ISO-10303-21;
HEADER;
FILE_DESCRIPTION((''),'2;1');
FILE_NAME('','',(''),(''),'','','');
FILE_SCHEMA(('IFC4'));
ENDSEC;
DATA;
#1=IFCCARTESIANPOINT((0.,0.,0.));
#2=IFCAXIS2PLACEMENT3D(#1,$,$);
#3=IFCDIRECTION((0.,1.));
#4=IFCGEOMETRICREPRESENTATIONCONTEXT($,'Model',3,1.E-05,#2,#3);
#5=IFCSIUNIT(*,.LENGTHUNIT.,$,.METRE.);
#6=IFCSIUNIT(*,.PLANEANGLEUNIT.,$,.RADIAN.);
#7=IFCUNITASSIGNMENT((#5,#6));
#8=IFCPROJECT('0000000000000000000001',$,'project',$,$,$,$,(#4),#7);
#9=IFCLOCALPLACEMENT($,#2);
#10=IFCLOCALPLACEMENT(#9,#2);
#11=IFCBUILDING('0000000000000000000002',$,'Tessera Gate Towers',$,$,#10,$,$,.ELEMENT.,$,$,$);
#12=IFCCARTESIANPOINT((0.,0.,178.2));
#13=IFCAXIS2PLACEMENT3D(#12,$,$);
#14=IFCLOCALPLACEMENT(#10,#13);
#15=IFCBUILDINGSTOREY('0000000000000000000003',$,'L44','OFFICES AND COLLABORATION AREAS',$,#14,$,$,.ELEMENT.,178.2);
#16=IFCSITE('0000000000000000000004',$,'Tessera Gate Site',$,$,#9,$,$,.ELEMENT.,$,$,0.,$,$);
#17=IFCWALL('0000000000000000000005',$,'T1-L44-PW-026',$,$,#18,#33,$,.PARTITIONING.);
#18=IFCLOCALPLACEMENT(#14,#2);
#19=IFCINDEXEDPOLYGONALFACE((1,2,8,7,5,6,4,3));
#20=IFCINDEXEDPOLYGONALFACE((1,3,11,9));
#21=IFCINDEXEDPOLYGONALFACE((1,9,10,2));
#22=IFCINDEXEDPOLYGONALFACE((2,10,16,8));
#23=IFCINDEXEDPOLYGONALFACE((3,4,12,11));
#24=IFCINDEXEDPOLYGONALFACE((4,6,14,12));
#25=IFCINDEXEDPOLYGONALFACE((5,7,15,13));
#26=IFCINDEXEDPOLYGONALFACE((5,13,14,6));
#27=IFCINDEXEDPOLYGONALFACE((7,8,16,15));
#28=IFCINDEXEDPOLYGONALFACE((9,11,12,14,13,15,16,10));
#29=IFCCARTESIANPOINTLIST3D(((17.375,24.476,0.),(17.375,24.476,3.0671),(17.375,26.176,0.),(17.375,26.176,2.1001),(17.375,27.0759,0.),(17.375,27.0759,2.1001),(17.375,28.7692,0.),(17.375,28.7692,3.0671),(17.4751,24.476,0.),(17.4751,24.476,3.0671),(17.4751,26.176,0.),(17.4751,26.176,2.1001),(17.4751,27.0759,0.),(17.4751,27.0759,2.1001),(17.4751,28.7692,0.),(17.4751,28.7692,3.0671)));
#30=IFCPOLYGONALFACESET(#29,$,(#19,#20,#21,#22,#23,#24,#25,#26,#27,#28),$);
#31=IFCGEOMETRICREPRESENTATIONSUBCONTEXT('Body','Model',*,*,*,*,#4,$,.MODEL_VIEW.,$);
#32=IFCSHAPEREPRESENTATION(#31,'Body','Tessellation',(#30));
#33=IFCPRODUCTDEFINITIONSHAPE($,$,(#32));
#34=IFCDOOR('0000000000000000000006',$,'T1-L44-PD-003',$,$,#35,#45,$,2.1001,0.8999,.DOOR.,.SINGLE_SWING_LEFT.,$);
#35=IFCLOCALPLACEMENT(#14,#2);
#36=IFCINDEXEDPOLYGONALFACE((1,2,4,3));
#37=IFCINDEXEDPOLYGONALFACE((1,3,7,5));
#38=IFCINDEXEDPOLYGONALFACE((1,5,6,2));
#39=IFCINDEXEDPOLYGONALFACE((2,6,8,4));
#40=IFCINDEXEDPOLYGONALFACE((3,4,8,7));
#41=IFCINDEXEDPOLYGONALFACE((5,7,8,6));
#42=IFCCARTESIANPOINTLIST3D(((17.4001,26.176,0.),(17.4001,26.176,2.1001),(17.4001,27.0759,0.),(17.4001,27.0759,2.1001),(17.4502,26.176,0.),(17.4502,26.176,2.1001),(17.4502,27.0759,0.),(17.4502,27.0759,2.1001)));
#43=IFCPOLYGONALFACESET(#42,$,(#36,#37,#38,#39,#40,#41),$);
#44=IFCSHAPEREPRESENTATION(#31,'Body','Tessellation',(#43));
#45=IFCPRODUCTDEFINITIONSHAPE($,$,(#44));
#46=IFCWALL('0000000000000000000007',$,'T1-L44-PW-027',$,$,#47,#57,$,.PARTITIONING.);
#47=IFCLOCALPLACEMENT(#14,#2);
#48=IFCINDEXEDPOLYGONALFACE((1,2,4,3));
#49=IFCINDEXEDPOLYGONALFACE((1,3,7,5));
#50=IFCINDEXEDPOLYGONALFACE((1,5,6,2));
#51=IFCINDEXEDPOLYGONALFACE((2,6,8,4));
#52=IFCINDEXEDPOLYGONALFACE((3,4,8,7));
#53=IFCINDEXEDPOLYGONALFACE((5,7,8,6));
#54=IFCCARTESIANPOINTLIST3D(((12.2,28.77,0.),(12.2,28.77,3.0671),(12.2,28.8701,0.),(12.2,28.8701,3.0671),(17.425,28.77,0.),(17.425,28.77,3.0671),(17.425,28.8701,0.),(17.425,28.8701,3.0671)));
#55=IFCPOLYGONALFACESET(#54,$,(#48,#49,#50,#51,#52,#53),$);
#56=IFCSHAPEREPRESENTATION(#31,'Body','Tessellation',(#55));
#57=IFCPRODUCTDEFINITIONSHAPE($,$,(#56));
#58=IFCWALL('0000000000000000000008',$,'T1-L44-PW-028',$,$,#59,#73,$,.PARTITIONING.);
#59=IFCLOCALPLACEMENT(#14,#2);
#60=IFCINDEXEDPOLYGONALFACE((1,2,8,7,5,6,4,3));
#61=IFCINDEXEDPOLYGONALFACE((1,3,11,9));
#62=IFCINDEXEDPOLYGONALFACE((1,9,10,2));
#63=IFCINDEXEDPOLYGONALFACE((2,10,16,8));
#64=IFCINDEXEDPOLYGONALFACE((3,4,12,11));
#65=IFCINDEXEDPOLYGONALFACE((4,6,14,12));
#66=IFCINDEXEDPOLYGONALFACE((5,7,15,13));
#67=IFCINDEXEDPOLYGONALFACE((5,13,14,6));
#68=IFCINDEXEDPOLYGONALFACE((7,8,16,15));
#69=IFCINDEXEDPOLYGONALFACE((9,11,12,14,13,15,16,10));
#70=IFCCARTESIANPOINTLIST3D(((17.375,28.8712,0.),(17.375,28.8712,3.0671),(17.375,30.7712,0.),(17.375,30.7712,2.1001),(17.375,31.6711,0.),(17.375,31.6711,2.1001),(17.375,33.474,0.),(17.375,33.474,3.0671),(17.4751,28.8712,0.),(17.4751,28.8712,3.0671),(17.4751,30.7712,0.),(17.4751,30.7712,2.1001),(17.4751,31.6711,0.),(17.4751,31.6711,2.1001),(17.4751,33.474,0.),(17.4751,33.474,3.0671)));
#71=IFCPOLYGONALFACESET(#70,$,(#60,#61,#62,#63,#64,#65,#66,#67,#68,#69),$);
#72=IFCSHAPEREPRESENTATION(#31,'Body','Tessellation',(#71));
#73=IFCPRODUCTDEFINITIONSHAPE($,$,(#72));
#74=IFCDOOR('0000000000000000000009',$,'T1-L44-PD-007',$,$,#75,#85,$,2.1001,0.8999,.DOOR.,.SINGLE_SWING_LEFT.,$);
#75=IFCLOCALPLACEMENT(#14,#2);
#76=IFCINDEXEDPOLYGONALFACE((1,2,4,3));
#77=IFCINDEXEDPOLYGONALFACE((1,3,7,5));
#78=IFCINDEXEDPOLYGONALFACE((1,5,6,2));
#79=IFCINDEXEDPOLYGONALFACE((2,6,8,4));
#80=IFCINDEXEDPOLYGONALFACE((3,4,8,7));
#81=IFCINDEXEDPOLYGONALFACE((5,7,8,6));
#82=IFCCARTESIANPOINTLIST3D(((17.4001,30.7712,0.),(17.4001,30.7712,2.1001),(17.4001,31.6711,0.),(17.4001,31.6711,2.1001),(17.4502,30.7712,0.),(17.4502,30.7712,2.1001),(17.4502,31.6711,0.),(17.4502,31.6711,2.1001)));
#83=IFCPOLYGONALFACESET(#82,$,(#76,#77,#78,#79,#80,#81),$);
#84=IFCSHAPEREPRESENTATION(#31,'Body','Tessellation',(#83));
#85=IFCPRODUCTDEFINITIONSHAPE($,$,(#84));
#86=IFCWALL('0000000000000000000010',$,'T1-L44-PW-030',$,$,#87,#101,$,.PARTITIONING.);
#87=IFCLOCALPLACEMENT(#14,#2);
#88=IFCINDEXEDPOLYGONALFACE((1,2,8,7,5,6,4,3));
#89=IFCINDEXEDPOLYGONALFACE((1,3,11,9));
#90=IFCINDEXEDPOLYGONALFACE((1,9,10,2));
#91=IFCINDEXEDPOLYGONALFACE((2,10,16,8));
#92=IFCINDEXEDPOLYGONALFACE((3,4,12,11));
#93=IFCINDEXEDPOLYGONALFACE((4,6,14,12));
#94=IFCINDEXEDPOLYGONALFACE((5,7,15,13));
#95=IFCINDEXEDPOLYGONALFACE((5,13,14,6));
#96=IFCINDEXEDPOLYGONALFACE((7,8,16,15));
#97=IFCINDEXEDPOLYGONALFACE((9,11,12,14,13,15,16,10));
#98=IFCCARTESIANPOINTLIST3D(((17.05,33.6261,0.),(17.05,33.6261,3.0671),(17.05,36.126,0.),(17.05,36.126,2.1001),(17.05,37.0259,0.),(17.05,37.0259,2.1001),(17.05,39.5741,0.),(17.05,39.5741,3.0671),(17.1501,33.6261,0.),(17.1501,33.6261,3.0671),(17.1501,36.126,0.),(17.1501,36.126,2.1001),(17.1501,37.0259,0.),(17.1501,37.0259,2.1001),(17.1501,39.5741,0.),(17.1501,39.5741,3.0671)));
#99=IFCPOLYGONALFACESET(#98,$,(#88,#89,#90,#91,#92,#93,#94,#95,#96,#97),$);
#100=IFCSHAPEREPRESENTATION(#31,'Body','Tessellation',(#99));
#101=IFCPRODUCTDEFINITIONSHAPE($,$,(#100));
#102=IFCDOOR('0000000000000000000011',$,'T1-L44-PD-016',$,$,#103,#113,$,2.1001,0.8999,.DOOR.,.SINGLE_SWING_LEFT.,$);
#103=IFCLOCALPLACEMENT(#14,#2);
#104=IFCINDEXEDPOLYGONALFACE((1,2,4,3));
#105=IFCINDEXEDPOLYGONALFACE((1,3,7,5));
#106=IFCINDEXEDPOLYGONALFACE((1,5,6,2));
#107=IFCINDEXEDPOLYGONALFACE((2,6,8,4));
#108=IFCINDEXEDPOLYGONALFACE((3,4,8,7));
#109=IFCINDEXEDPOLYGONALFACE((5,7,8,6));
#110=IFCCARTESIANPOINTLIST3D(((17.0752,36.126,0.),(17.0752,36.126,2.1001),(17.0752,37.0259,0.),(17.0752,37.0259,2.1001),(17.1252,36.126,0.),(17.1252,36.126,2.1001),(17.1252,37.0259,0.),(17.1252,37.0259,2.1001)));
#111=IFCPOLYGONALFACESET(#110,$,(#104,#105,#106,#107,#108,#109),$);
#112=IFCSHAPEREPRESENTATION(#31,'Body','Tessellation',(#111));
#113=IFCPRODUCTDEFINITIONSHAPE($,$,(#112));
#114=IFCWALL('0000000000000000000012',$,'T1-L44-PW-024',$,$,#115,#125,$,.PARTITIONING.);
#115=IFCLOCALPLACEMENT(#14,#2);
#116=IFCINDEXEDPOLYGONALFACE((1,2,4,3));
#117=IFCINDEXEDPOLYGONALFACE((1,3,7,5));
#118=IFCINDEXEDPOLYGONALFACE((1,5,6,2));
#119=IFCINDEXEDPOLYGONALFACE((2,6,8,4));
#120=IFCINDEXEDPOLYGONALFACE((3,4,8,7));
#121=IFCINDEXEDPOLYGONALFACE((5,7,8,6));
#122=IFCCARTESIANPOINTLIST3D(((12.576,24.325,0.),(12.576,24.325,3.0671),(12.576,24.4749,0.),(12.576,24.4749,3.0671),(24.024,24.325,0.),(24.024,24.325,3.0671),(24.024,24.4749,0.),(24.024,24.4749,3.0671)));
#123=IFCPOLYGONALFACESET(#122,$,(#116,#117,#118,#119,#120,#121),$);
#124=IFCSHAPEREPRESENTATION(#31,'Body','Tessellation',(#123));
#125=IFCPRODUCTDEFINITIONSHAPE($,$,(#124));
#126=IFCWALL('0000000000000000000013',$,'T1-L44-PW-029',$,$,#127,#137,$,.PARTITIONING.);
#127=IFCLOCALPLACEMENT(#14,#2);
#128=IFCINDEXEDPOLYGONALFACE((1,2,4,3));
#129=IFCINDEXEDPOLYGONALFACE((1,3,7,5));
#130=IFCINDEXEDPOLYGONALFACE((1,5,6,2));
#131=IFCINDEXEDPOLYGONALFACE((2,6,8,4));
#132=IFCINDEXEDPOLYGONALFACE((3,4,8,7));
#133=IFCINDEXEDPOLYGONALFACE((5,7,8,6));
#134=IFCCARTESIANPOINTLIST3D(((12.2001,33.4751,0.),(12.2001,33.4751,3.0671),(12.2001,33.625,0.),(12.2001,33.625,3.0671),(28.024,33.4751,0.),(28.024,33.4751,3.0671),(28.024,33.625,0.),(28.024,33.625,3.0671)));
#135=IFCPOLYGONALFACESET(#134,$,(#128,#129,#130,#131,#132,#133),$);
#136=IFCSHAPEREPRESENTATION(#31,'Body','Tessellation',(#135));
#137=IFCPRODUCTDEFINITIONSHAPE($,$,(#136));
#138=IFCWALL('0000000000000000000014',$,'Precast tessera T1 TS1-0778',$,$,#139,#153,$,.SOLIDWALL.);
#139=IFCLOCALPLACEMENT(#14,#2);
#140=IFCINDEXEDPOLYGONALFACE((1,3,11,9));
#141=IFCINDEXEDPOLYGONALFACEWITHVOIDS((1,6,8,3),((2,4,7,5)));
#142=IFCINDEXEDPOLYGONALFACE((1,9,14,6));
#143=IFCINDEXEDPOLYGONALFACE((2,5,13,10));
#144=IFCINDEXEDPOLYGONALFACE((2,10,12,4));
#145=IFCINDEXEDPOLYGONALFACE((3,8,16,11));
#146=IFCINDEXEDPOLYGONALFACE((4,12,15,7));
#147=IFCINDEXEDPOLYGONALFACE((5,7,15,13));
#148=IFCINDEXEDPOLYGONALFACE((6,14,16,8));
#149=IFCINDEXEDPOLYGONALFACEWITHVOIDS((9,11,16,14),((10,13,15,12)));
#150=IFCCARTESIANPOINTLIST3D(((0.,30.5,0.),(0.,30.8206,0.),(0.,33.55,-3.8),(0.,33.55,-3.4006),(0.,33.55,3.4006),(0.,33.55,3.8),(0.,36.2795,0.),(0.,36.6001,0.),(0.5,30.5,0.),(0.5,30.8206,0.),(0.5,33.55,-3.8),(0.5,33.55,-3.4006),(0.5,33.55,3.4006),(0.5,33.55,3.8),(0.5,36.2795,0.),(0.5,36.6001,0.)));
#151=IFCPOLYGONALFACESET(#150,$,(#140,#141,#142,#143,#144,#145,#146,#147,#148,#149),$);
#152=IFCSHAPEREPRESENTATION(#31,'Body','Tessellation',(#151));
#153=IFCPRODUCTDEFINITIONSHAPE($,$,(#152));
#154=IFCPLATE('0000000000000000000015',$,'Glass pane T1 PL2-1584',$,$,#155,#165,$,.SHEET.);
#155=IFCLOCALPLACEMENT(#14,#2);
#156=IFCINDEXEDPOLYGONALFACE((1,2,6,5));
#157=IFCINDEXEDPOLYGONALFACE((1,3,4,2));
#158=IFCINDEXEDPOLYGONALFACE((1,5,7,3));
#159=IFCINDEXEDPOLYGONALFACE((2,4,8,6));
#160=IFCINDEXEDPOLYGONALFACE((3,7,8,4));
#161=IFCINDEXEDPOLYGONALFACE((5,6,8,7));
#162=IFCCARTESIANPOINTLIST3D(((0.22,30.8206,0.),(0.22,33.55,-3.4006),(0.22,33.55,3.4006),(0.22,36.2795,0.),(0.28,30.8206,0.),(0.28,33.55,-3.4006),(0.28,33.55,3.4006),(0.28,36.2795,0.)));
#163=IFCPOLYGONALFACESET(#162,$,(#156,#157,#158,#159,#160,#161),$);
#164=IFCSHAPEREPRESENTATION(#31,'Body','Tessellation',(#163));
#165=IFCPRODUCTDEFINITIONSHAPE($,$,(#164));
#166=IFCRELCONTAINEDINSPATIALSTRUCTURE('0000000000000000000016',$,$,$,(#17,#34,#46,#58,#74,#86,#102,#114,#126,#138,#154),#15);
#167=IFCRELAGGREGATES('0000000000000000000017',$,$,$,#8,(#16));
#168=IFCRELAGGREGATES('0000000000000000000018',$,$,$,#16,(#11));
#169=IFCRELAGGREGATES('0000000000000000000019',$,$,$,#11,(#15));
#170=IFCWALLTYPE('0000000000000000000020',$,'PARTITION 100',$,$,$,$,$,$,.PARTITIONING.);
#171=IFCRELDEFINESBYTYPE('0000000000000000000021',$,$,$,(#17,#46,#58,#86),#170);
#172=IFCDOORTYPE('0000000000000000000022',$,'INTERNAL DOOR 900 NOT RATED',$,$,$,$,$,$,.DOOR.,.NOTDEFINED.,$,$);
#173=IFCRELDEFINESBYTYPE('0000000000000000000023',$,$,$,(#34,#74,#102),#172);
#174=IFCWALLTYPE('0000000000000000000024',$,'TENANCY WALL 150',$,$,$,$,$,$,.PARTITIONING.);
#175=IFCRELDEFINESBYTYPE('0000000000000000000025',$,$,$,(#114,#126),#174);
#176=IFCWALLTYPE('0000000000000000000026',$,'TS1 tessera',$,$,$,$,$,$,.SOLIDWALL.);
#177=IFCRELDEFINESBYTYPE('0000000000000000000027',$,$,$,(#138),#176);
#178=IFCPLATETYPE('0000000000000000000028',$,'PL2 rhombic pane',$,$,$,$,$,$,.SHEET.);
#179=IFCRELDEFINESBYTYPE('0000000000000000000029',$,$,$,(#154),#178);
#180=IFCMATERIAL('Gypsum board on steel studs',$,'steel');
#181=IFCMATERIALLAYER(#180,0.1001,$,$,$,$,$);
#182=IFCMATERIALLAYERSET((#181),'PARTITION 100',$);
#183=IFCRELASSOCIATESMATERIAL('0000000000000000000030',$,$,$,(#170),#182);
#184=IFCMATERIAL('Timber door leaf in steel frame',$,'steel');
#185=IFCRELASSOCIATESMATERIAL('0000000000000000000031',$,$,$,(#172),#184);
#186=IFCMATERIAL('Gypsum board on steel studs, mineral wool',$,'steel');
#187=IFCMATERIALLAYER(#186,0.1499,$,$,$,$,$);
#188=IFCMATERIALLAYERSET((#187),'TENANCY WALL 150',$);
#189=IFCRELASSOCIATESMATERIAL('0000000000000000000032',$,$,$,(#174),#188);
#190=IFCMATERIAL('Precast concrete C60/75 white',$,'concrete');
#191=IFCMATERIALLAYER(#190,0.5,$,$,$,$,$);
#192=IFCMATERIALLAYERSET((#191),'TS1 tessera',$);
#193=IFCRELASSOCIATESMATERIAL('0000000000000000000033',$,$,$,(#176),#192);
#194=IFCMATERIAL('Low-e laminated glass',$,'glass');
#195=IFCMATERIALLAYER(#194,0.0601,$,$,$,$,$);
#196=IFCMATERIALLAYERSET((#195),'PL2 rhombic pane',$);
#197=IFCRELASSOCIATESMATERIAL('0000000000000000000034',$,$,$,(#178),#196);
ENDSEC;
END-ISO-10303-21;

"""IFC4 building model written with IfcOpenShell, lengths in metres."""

from ifc_helpers import new_model, si_unit, direction, frame, frame_2d, origin, place, context, subcontext, project, spatial, polyline, rectangle, outline, extrude, source, transform, mapped, material, layer, layer_set, type_object, element, fill, save


model = new_model("IFC4")

# Units and contexts
model_context = context("Model", 3, precision=1e-05, world=origin(), true_north=direction((0.0, 1.0)))
body_context = subcontext(model_context, "Body", "Model", "MODEL_VIEW")
ifc_project = project(units=[si_unit("LENGTHUNIT", "METRE"), si_unit("PLANEANGLEUNIT", "RADIAN")], contexts=[model_context])

# Site, building, storey
site_placement = place(None, origin())
site = spatial("IfcSite", under=ifc_project, at=site_placement, Name="Tessera Gate Site", CompositionType="ELEMENT", RefElevation=0.0)
building_placement = place(site_placement, origin())
building = spatial("IfcBuilding", under=site, at=building_placement, Name="Tessera Gate Towers", CompositionType="ELEMENT")
storey_placement = place(building_placement, frame((0.0, 0.0, 178.2)))
storey = spatial("IfcBuildingStorey", under=building, at=storey_placement, Name="L44", Description="OFFICES AND COLLABORATION AREAS", CompositionType="ELEMENT", Elevation=178.2)

# Wall, opening, door
shared_shape_1 = source(origin(), body_context, "Body", "SweptSolid", [
    extrude(rectangle(XDim=0.8999, YDim=2.1001, at=frame_2d((0.45, 1.05))), frame((0.0, 0.0601, 0.0), z_axis=(0.0, -1.0, 0.0), x_axis=(1.0, 0.0, 0.0)), (0.0, 0.0, 1.0), 0.1201),
])
shared_shape_2 = source(origin(), body_context, "Body", "SweptSolid", [
    extrude(rectangle(XDim=0.8999, YDim=2.1001, at=frame_2d((0.45, 1.05))), frame((0.0, 0.0249, 0.0), z_axis=(0.0, -1.0, 0.0), x_axis=(1.0, 0.0, 0.0)), (0.0, 0.0, 1.0), 0.05),
])
ifc_material_1 = material(Name="Gypsum board on steel studs", Category="steel")
ifc_layer_1 = layer(ifc_material_1, 0.1001)
ifc_layer_set_1 = layer_set([ifc_layer_1], Name="PARTITION 100")
wall_type_1 = type_object("IfcWallType", Name="PARTITION 100", PredefinedType="PARTITIONING", material=ifc_layer_set_1)
wall_1_placement = place(storey_placement, frame((17.425, 24.4761, 0.0), z_axis=(0.0, 0.0, 1.0), x_axis=(0.0, 1.0, 0.0)))
wall_1 = element("IfcWall", 1, at=wall_1_placement, inside=storey, type_object=wall_type_1, Name="T1-L44-PW-026", PredefinedType="PARTITIONING", context=body_context, shape_type="SweptSolid", body=[
    extrude(rectangle(XDim=4.2932, YDim=0.1001, at=frame_2d((2.1465, 0.0))), origin(), (0.0, 0.0, 1.0), 3.0671),
])
opening_1_placement = place(wall_1_placement, frame((1.7, 0.0, 0.0)))
opening_1 = element("IfcOpeningElement", 2, at=opening_1_placement, cuts=wall_1, PredefinedType="OPENING", context=body_context, shape_type="MappedRepresentation", body=[
    mapped(shared_shape_1, transform((0.0, 0.0, 0.0), scale=1.0)),
])
ifc_material_2 = material(Name="Timber door leaf in steel frame", Category="steel")
door_type_1 = type_object("IfcDoorType", Name="INTERNAL DOOR 900 NOT RATED", OperationType="NOTDEFINED", PredefinedType="DOOR", material=ifc_material_2)
door_1_placement = place(opening_1_placement, origin())
door_1 = element("IfcDoor", 3, at=door_1_placement, inside=storey, type_object=door_type_1, Name="T1-L44-PD-003", OperationType="SINGLE_SWING_LEFT", OverallHeight=2.1001, OverallWidth=0.8999, PredefinedType="DOOR", context=body_context, shape_type="MappedRepresentation", body=[
    mapped(shared_shape_2, transform((0.0, 0.0, 0.0), scale=1.0)),
])
fill(opening_1, door_1)

# Wall
wall_2_placement = place(storey_placement, frame((12.2, 28.8201, 0.0), z_axis=(0.0, 0.0, 1.0), x_axis=(1.0, 0.0, 0.0)))
element("IfcWall", 4, at=wall_2_placement, inside=storey, type_object=wall_type_1, Name="T1-L44-PW-027", PredefinedType="PARTITIONING", context=body_context, shape_type="SweptSolid", body=[
    extrude(rectangle(XDim=5.2251, YDim=0.1001, at=frame_2d((2.6125, 0.0))), origin(), (0.0, 0.0, 1.0), 3.0671),
])

# Walls, openings, doors
wall_3_placement = place(storey_placement, frame((17.425, 28.8713, 0.0), z_axis=(0.0, 0.0, 1.0), x_axis=(0.0, 1.0, 0.0)))
wall_3 = element("IfcWall", 5, at=wall_3_placement, inside=storey, type_object=wall_type_1, Name="T1-L44-PW-028", PredefinedType="PARTITIONING", context=body_context, shape_type="SweptSolid", body=[
    extrude(rectangle(XDim=4.6028, YDim=0.1001, at=frame_2d((2.3013, 0.0))), origin(), (0.0, 0.0, 1.0), 3.0671),
])
opening_2_placement = place(wall_3_placement, frame((1.8999, 0.0, 0.0)))
opening_2 = element("IfcOpeningElement", 6, at=opening_2_placement, cuts=wall_3, PredefinedType="OPENING", context=body_context, shape_type="MappedRepresentation", body=[
    mapped(shared_shape_1, transform((0.0, 0.0, 0.0), scale=1.0)),
])
door_2_placement = place(opening_2_placement, origin())
door_2 = element("IfcDoor", 7, at=door_2_placement, inside=storey, type_object=door_type_1, Name="T1-L44-PD-007", OperationType="SINGLE_SWING_LEFT", OverallHeight=2.1001, OverallWidth=0.8999, PredefinedType="DOOR", context=body_context, shape_type="MappedRepresentation", body=[
    mapped(shared_shape_2, transform((0.0, 0.0, 0.0), scale=1.0)),
])
fill(opening_2, door_2)
wall_4_placement = place(storey_placement, frame((17.1001, 33.626, 0.0), z_axis=(0.0, 0.0, 1.0), x_axis=(0.0, 1.0, 0.0)))
wall_4 = element("IfcWall", 8, at=wall_4_placement, inside=storey, type_object=wall_type_1, Name="T1-L44-PW-030", PredefinedType="PARTITIONING", context=body_context, shape_type="SweptSolid", body=[
    extrude(rectangle(XDim=5.948, YDim=0.1001, at=frame_2d((2.9741, 0.0))), origin(), (0.0, 0.0, 1.0), 3.0671),
])
opening_3_placement = place(wall_4_placement, frame((2.5, 0.0, 0.0)))
opening_3 = element("IfcOpeningElement", 9, at=opening_3_placement, cuts=wall_4, PredefinedType="OPENING", context=body_context, shape_type="MappedRepresentation", body=[
    mapped(shared_shape_1, transform((0.0, 0.0, 0.0), scale=1.0)),
])
door_3_placement = place(opening_3_placement, origin())
door_3 = element("IfcDoor", 10, at=door_3_placement, inside=storey, type_object=door_type_1, Name="T1-L44-PD-016", OperationType="SINGLE_SWING_LEFT", OverallHeight=2.1001, OverallWidth=0.8999, PredefinedType="DOOR", context=body_context, shape_type="MappedRepresentation", body=[
    mapped(shared_shape_2, transform((0.0, 0.0, 0.0), scale=1.0)),
])
fill(opening_3, door_3)

# Walls
ifc_material_3 = material(Name="Gypsum board on steel studs, mineral wool", Category="steel")
ifc_layer_2 = layer(ifc_material_3, 0.1499)
ifc_layer_set_2 = layer_set([ifc_layer_2], Name="TENANCY WALL 150")
wall_type_2 = type_object("IfcWallType", Name="TENANCY WALL 150", PredefinedType="PARTITIONING", material=ifc_layer_set_2)
wall_5_placement = place(storey_placement, frame((12.5759, 24.3999, 0.0), z_axis=(0.0, 0.0, 1.0), x_axis=(1.0, 0.0, 0.0)))
element("IfcWall", 11, at=wall_5_placement, inside=storey, type_object=wall_type_2, Name="T1-L44-PW-024", PredefinedType="PARTITIONING", context=body_context, shape_type="SweptSolid", body=[
    extrude(rectangle(XDim=11.448, YDim=0.1499, at=frame_2d((5.7241, 0.0))), origin(), (0.0, 0.0, 1.0), 3.0671),
])
wall_6_placement = place(storey_placement, frame((12.2, 33.55, 0.0), z_axis=(0.0, 0.0, 1.0), x_axis=(1.0, 0.0, 0.0)))
element("IfcWall", 12, at=wall_6_placement, inside=storey, type_object=wall_type_2, Name="T1-L44-PW-029", PredefinedType="PARTITIONING", context=body_context, shape_type="SweptSolid", body=[
    extrude(rectangle(XDim=15.824, YDim=0.1499, at=frame_2d((7.9121, 0.0))), origin(), (0.0, 0.0, 1.0), 3.0671),
])

# Wall, opening, plate
ifc_material_4 = material(Name="Precast concrete C60/75 white", Category="concrete")
ifc_layer_3 = layer(ifc_material_4, 0.5)
ifc_layer_set_3 = layer_set([ifc_layer_3], Name="TS1 tessera")
wall_type_3 = type_object("IfcWallType", Name="TS1 tessera", PredefinedType="SOLIDWALL", material=ifc_layer_set_3)
shared_shape_3 = source(origin(), body_context, "Body", "SweptSolid", [
    extrude(outline(polyline([(3.05, 0.0), (6.1001, 3.8), (3.05, 7.6001), (0.0, 3.8), (3.05, 0.0)])), frame((0.0, 0.25, 0.0), z_axis=(0.0, -1.0, 0.0), x_axis=(1.0, 0.0, 0.0)), (0.0, 0.0, 1.0), 0.5),
])
wall_7_placement = place(storey_placement, frame((0.25, 36.6001, -3.8), z_axis=(0.0, 0.0, 1.0), x_axis=(0.0, -1.0, 0.0)))
wall_7 = element("IfcWall", 13, at=wall_7_placement, inside=storey, type_object=wall_type_3, Name="Precast tessera T1 TS1-0778", PredefinedType="SOLIDWALL", context=body_context, shape_type="MappedRepresentation", body=[
    mapped(shared_shape_3, transform((0.0, 0.0, 0.0), scale=1.0)),
])
shared_shape_4 = source(origin(), body_context, "Body", "SweptSolid", [
    extrude(outline(polyline([(3.05, 0.3994), (5.7795, 3.8), (3.05, 7.2007), (0.3206, 3.8), (3.05, 0.3994)])), frame((0.0, 0.26, 0.0), z_axis=(0.0, -1.0, 0.0), x_axis=(1.0, 0.0, 0.0)), (0.0, 0.0, 1.0), 0.52),
])
opening_4_placement = place(wall_7_placement, origin())
opening_4 = element("IfcOpeningElement", 14, at=opening_4_placement, cuts=wall_7, PredefinedType="OPENING", context=body_context, shape_type="MappedRepresentation", body=[
    mapped(shared_shape_4, transform((0.0, 0.0, 0.0), scale=1.0)),
])
ifc_material_5 = material(Name="Low-e laminated glass", Category="glass")
ifc_layer_4 = layer(ifc_material_5, 0.0601)
ifc_layer_set_4 = layer_set([ifc_layer_4], Name="PL2 rhombic pane")
plate_type = type_object("IfcPlateType", Name="PL2 rhombic pane", PredefinedType="SHEET", material=ifc_layer_set_4)
shared_shape_5 = source(origin(), body_context, "Body", "SweptSolid", [
    extrude(outline(polyline([(3.05, 0.3994), (5.7795, 3.8), (3.05, 7.2007), (0.3206, 3.8), (3.05, 0.3994)])), frame((0.0, 0.03, 0.0), z_axis=(0.0, -1.0, 0.0), x_axis=(1.0, 0.0, 0.0)), (0.0, 0.0, 1.0), 0.0601),
])
plate_placement = place(opening_4_placement, origin())
plate = element("IfcPlate", 15, at=plate_placement, inside=storey, type_object=plate_type, Name="Glass pane T1 PL2-1584", PredefinedType="SHEET", context=body_context, shape_type="MappedRepresentation", body=[
    mapped(shared_shape_5, transform((0.0, 0.0, 0.0), scale=1.0)),
])
fill(opening_4, plate)

save(model, "model.ifc")
